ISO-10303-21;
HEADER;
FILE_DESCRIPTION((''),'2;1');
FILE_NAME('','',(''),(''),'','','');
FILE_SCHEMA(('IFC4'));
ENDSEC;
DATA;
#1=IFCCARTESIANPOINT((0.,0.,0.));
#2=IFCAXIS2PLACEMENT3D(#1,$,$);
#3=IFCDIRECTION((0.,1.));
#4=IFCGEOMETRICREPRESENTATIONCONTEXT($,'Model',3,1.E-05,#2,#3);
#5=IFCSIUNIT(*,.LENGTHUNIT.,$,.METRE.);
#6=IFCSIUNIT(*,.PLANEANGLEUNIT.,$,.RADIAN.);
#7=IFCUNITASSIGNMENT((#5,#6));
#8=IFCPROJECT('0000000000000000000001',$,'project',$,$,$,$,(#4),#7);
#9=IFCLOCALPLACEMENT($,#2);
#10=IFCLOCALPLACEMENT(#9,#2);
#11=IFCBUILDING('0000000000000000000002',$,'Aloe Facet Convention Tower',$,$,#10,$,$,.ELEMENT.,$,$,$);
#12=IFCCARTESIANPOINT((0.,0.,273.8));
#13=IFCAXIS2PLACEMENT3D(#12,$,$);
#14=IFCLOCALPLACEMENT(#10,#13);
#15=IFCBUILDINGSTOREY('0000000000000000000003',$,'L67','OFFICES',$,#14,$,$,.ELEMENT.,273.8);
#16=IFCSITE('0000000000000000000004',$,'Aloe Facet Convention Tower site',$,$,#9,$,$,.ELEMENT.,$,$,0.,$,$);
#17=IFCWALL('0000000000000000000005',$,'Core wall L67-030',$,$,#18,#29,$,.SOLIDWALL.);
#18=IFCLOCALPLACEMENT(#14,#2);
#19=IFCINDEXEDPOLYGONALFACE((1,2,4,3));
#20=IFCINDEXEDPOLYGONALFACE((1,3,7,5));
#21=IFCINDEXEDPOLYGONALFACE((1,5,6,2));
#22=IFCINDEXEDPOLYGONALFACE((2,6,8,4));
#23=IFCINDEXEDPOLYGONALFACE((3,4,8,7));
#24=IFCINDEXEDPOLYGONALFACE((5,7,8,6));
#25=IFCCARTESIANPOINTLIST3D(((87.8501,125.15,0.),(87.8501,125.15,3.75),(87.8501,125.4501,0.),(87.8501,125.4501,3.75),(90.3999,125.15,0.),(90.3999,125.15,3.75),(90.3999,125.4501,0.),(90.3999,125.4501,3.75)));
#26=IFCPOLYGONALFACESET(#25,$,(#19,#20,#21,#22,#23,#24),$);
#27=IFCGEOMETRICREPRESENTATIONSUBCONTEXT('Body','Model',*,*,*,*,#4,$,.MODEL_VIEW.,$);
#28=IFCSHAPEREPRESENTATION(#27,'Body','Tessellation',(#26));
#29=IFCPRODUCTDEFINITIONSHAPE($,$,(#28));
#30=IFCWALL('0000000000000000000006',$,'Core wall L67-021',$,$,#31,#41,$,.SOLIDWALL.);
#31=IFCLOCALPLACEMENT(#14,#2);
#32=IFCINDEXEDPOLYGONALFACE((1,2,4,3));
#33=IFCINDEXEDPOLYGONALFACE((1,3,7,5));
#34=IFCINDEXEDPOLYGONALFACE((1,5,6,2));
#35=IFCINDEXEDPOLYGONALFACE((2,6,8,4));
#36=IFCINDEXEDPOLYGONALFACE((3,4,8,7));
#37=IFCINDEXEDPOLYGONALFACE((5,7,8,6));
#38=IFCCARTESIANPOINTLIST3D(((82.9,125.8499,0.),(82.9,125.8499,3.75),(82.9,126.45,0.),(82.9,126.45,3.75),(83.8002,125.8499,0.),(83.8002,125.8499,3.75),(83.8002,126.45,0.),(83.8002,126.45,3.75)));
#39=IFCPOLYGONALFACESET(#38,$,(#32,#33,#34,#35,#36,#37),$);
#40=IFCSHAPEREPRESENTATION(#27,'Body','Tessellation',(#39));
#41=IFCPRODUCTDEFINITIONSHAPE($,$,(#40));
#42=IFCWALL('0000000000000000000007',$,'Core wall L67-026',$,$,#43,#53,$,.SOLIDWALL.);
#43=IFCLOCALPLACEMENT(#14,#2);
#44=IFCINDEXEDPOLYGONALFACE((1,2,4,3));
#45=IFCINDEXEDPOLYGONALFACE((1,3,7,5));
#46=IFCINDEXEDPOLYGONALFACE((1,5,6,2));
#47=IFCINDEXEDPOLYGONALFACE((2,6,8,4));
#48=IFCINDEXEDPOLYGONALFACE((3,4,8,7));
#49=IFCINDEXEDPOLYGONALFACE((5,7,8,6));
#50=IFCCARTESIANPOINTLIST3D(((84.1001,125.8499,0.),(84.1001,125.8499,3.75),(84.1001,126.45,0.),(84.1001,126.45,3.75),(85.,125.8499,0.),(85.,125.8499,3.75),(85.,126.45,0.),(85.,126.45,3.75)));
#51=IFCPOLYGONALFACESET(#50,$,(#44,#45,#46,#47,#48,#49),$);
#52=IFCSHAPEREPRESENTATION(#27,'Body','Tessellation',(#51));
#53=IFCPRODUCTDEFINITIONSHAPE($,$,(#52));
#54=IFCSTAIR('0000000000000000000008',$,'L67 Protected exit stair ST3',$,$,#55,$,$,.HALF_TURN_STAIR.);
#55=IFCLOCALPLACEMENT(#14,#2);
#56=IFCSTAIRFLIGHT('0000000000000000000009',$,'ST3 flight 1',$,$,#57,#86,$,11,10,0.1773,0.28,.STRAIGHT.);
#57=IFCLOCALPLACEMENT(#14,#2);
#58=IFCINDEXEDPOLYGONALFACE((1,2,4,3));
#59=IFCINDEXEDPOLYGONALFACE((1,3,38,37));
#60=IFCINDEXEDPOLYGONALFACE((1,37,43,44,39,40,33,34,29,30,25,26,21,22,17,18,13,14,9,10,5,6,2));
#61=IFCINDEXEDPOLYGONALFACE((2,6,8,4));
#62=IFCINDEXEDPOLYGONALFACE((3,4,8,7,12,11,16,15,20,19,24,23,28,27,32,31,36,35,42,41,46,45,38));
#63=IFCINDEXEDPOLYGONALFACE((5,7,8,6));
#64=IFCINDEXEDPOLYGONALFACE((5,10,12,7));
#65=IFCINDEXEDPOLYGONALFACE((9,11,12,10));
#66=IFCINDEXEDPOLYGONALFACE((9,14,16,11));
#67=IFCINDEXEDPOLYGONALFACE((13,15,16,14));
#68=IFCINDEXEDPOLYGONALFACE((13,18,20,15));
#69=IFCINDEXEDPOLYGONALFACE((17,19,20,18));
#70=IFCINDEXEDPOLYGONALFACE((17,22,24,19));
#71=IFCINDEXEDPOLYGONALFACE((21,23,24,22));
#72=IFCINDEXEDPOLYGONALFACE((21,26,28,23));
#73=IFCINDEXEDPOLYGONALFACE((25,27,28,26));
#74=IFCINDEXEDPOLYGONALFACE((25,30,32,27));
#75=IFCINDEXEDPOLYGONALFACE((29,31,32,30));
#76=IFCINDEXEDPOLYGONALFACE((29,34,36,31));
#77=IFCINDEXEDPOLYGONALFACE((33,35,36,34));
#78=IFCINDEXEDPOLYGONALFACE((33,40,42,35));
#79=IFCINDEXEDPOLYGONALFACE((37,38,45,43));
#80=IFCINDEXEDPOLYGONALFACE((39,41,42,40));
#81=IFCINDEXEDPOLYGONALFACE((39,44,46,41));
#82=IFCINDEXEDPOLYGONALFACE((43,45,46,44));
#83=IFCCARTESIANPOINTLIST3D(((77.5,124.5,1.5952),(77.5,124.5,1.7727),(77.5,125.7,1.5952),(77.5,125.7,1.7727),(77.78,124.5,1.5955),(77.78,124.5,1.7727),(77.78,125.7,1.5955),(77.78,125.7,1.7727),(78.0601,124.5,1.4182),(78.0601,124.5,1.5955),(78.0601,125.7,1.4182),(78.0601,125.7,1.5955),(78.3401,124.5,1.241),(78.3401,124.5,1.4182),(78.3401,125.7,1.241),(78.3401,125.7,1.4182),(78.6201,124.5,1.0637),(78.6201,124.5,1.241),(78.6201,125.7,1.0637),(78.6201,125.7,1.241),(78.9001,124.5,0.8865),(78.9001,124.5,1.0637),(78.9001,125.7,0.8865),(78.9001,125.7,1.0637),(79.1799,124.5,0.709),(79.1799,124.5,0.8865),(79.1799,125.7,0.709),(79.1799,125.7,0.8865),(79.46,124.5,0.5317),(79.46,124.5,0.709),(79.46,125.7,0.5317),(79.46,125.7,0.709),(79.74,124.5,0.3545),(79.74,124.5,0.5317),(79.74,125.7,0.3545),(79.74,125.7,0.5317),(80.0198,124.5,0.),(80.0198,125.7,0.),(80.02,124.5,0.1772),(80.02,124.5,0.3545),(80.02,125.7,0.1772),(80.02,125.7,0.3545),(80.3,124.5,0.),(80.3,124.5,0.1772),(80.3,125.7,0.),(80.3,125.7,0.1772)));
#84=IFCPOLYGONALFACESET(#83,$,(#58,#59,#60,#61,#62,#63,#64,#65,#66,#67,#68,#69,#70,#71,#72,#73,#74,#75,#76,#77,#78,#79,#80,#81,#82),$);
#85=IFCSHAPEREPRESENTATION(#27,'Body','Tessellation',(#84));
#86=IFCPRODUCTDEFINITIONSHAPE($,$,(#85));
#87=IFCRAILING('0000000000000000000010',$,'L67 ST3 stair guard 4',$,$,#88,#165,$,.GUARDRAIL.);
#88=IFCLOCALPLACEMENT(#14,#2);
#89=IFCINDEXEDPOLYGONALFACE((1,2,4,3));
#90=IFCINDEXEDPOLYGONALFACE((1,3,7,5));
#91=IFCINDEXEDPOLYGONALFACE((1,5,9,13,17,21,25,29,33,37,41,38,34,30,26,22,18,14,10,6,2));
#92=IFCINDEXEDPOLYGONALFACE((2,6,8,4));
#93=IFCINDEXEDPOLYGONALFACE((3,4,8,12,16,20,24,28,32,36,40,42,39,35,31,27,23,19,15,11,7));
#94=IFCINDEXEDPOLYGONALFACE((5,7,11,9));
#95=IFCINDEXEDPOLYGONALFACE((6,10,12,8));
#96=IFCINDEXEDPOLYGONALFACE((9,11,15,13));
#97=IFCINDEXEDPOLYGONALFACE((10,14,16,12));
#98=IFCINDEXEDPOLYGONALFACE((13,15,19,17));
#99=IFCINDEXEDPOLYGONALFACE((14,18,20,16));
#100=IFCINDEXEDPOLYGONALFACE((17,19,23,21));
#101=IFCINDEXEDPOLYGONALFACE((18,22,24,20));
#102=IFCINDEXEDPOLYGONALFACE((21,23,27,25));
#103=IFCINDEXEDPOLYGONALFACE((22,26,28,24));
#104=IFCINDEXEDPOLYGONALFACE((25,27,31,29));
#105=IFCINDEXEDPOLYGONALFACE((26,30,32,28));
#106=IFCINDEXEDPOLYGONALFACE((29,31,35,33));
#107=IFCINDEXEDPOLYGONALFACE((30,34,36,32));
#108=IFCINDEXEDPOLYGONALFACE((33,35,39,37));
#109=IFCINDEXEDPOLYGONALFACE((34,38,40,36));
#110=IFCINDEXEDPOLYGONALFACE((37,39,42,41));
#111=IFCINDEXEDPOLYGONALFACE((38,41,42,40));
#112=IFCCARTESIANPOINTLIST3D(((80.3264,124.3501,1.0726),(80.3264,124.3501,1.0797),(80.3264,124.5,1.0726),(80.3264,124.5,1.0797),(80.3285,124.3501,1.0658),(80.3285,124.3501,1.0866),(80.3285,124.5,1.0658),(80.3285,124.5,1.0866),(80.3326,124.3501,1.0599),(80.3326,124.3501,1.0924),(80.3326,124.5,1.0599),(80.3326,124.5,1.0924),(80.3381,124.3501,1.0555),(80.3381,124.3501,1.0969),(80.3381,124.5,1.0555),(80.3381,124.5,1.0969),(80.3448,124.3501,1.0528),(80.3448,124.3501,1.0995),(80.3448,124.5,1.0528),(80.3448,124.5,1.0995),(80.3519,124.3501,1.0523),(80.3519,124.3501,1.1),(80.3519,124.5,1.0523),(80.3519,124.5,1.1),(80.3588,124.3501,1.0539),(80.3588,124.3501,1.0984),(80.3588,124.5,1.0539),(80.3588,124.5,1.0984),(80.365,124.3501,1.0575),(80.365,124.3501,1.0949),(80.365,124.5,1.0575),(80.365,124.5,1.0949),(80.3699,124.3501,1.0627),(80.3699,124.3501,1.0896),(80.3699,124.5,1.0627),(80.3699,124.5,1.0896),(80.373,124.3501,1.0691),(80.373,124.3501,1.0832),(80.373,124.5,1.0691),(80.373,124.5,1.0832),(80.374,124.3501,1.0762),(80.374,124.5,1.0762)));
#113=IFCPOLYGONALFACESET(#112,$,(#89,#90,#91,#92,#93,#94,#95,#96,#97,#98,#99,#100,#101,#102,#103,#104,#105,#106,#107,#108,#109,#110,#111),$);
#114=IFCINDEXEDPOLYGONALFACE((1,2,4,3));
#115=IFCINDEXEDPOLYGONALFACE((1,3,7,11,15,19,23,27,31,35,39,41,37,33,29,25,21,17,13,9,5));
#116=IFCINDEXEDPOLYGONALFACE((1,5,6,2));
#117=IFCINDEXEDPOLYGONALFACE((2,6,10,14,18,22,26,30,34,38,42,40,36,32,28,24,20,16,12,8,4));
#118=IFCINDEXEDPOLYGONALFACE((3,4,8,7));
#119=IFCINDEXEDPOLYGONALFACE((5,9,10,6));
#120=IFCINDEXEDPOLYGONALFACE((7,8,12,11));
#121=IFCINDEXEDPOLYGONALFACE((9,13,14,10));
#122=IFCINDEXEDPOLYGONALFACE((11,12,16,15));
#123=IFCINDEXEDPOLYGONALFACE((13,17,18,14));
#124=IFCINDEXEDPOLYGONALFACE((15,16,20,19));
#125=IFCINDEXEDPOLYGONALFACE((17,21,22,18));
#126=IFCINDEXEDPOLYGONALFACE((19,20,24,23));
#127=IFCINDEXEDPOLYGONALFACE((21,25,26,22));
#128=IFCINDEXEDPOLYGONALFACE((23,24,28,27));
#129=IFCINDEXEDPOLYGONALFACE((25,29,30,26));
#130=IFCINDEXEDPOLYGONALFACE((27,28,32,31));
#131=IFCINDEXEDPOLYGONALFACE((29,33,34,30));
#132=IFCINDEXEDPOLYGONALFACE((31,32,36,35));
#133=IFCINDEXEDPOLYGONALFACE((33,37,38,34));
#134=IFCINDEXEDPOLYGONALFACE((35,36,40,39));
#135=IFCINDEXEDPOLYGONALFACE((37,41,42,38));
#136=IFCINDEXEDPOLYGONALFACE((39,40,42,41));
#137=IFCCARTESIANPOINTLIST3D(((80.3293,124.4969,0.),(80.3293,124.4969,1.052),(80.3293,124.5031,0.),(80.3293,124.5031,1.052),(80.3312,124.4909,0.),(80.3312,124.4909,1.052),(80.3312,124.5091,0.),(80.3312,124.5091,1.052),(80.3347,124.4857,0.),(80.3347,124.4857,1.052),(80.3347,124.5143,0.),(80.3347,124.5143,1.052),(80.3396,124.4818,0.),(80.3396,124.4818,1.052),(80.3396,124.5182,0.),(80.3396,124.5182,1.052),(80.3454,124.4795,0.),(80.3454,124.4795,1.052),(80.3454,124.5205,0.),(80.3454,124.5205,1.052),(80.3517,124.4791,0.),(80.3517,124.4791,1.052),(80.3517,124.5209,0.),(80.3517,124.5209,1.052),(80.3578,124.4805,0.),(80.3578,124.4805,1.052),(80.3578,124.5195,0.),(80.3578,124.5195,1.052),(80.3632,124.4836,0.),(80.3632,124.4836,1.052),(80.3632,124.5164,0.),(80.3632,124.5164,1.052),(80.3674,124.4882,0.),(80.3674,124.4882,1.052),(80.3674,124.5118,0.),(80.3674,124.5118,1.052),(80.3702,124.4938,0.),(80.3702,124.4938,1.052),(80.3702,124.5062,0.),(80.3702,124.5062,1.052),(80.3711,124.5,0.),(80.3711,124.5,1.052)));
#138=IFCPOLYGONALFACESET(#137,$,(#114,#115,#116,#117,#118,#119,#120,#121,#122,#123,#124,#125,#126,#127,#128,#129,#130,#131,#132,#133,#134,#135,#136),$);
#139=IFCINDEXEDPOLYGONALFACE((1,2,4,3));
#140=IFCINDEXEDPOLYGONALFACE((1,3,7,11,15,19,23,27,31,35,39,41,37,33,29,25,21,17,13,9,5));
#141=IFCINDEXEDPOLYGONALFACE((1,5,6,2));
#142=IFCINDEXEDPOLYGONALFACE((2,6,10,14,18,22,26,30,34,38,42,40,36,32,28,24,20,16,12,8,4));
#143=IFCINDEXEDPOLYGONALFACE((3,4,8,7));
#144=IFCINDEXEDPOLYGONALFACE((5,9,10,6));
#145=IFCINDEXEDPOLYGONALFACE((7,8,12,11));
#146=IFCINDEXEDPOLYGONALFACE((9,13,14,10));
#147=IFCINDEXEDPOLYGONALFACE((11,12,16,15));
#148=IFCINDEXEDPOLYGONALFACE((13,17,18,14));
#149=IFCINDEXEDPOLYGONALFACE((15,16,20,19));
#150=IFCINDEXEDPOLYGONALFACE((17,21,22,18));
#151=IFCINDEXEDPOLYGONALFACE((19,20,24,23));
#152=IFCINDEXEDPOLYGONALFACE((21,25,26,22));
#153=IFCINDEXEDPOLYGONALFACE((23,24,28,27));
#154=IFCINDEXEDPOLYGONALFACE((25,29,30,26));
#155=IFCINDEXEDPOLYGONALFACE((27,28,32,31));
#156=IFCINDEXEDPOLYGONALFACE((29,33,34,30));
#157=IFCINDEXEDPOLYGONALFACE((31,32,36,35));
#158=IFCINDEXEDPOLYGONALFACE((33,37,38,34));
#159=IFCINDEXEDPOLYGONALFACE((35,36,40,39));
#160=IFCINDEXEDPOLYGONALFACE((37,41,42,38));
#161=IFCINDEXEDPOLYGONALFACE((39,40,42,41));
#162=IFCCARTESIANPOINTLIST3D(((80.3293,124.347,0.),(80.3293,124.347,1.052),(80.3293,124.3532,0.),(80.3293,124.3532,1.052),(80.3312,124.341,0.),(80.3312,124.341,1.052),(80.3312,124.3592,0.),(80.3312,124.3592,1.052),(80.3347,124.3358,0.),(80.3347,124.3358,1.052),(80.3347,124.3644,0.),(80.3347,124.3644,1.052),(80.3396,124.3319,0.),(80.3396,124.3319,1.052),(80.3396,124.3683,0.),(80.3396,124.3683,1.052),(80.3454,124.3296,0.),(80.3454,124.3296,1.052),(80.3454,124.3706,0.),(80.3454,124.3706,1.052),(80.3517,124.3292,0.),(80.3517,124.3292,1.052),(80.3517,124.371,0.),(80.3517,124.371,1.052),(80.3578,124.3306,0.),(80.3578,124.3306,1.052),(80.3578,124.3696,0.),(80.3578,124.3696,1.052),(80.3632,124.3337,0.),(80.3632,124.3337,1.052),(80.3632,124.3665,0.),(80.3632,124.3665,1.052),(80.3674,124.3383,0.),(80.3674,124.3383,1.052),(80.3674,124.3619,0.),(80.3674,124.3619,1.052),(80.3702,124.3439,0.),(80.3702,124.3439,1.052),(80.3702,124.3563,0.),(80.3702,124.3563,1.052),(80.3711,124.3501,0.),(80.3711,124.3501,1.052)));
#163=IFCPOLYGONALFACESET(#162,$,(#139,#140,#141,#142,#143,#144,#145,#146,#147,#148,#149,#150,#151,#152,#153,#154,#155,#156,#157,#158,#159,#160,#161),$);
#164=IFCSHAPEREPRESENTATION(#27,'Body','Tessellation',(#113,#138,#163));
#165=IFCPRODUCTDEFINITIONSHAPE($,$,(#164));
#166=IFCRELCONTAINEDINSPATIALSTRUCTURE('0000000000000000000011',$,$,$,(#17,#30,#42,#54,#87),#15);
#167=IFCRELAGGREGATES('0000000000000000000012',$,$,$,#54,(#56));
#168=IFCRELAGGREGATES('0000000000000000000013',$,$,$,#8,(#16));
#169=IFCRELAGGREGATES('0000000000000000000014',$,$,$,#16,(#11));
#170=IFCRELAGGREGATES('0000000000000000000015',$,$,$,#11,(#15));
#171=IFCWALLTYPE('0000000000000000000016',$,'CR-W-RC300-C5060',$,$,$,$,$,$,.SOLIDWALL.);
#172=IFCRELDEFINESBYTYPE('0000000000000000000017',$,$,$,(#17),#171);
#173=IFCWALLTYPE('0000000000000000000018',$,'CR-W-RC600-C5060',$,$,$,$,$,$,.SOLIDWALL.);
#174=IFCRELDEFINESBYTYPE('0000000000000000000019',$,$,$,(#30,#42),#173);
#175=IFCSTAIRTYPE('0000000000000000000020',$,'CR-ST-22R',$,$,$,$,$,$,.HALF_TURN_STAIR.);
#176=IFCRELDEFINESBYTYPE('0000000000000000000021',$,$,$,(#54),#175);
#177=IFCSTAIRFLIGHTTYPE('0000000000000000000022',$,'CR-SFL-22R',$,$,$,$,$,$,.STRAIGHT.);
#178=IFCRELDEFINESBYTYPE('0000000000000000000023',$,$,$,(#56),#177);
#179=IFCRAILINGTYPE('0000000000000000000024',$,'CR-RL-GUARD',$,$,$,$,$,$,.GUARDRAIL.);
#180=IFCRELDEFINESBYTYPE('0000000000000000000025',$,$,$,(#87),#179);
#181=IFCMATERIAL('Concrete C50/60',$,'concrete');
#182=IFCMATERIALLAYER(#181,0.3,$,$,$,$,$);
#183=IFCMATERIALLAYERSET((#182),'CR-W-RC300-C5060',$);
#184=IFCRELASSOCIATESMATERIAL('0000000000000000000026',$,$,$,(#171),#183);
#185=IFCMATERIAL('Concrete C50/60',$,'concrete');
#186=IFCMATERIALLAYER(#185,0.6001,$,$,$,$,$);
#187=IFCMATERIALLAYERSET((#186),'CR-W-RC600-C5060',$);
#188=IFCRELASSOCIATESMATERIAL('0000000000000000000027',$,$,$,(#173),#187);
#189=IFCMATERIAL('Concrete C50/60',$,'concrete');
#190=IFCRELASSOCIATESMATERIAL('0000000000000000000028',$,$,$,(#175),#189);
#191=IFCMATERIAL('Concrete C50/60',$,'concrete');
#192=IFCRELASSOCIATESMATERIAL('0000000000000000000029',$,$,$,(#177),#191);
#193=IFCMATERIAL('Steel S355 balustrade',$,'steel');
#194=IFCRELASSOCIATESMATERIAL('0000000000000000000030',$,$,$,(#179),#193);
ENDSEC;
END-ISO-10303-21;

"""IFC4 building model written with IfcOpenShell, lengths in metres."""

from ifc_helpers import new_model, si_unit, direction, frame, frame_2d, origin, origin_2d, place, context, subcontext, project, spatial, polyline, rectangle, circle, outline, extrude, material, layer, layer_set, type_object, element, aggregate, save


model = new_model("IFC4")

# Units and contexts
model_context = context("Model", 3, precision=1e-05, world=origin(), true_north=direction((0.0, 1.0)))
body_context = subcontext(model_context, "Body", "Model", "MODEL_VIEW")
ifc_project = project(units=[si_unit("LENGTHUNIT", "METRE"), si_unit("PLANEANGLEUNIT", "RADIAN")], contexts=[model_context])

# Site, building, storey
site_placement = place(None, origin())
site = spatial("IfcSite", under=ifc_project, at=site_placement, Name="Aloe Facet Convention Tower site", CompositionType="ELEMENT", RefElevation=0.0)
building_placement = place(site_placement, origin())
building = spatial("IfcBuilding", under=site, at=building_placement, Name="Aloe Facet Convention Tower", CompositionType="ELEMENT")
storey_placement = place(building_placement, frame((0.0, 0.0, 273.8)))
storey = spatial("IfcBuildingStorey", under=building, at=storey_placement, Name="L67", Description="OFFICES", CompositionType="ELEMENT", Elevation=273.8)

# Shared definitions
ifc_material_1 = material(Name="Concrete C50/60", Category="concrete")
ifc_layer_1 = layer(ifc_material_1, 0.3)
ifc_layer_set_1 = layer_set([ifc_layer_1], Name="CR-W-RC300-C5060")
wall_type_1 = type_object("IfcWallType", Name="CR-W-RC300-C5060", PredefinedType="SOLIDWALL", material=ifc_layer_set_1)

# Walls
for number, where, z_axis, x_axis, name in (
    (1, (87.8501, 125.3, 0.0), (0.0, 0.0, 1.0), (1.0, 0.0, 0.0), "Core wall L67-030"),
):
    element("IfcWall", number, at=place(storey_placement, frame(where, z_axis=z_axis, x_axis=x_axis)), inside=storey, type_object=wall_type_1, Name=name, PredefinedType="SOLIDWALL", context=body_context, shape_type="SweptSolid", body=[
        extrude(rectangle(XDim=2.5498, YDim=0.3, at=frame_2d((1.2749, 0.0))), origin(), (0.0, 0.0, 1.0), 3.75),
    ])
ifc_material_2 = material(Name="Concrete C50/60", Category="concrete")
ifc_layer_2 = layer(ifc_material_2, 0.6001)
ifc_layer_set_2 = layer_set([ifc_layer_2], Name="CR-W-RC600-C5060")
wall_type_2 = type_object("IfcWallType", Name="CR-W-RC600-C5060", PredefinedType="SOLIDWALL", material=ifc_layer_set_2)
wall_1_placement = place(storey_placement, frame((82.8999, 126.1499, 0.0), z_axis=(0.0, 0.0, 1.0), x_axis=(1.0, 0.0, 0.0)))
element("IfcWall", 2, at=wall_1_placement, inside=storey, type_object=wall_type_2, Name="Core wall L67-021", PredefinedType="SOLIDWALL", context=body_context, shape_type="SweptSolid", body=[
    extrude(rectangle(XDim=0.9001, YDim=0.6001, at=frame_2d((0.4502, 0.0))), origin(), (0.0, 0.0, 1.0), 3.75),
])
wall_2_placement = place(storey_placement, frame((84.1001, 126.1499, 0.0), z_axis=(0.0, 0.0, 1.0), x_axis=(1.0, 0.0, 0.0)))
element("IfcWall", 3, at=wall_2_placement, inside=storey, type_object=wall_type_2, Name="Core wall L67-026", PredefinedType="SOLIDWALL", context=body_context, shape_type="SweptSolid", body=[
    extrude(rectangle(XDim=0.8999, YDim=0.6001, at=frame_2d((0.45, 0.0))), origin(), (0.0, 0.0, 1.0), 3.75),
])

# Stair, stair flight
ifc_material_3 = material(Name="Concrete C50/60", Category="concrete")
stair_type = type_object("IfcStairType", Name="CR-ST-22R", PredefinedType="HALF_TURN_STAIR", material=ifc_material_3)
stair_placement = place(storey_placement, origin())
stair = element("IfcStair", 4, at=stair_placement, inside=storey, type_object=stair_type, Name="L67 Protected exit stair ST3", PredefinedType="HALF_TURN_STAIR")
ifc_material_4 = material(Name="Concrete C50/60", Category="concrete")
stair_flight_type = type_object("IfcStairFlightType", Name="CR-SFL-22R", PredefinedType="STRAIGHT", material=ifc_material_4)
stair_flight_placement = place(storey_placement, frame((80.3, 125.1001, 0.0), z_axis=(0.0, 0.0, 1.0), x_axis=(-1.0, 0.0, 0.0)))
stair_flight = element("IfcStairFlight", 5, at=stair_flight_placement, type_object=stair_flight_type, Name="ST3 flight 1", NumberOfRisers=11, NumberOfTreads=10, PredefinedType="STRAIGHT", RiserHeight=0.1773, TreadLength=0.28, context=body_context, shape_type="SweptSolid", body=[
    extrude(outline(polyline([(0.0, 0.0), (0.0, 0.1772), (0.28, 0.1772), (0.28, 0.3545), (0.5601, 0.3545), (0.5601, 0.5317), (0.8401, 0.5317), (0.8401, 0.709), (1.1201, 0.709), (1.1201, 0.8865), (1.3999, 0.8865), (1.3999, 1.0637), (1.6799, 1.0637), (1.6799, 1.241), (1.96, 1.241), (1.96, 1.4182), (2.24, 1.4182), (2.24, 1.5955), (2.52, 1.5955), (2.52, 1.7727), (2.8, 1.7727), (2.8, 1.95), (2.8, 1.5952), (0.2803, 0.0), (0.0, 0.0)])), frame((0.0, 0.6001, 0.0), z_axis=(0.0, -1.0, 0.0), x_axis=(1.0, 0.0, 0.0)), (0.0, 0.0, 1.0), 1.2),
])
aggregate(stair, [stair_flight])

# Railing
ifc_material_5 = material(Name="Steel S355 balustrade", Category="steel")
railing_type_1 = type_object("IfcRailingType", Name="CR-RL-GUARD", PredefinedType="GUARDRAIL", material=ifc_material_5)
railing_1_placement = place(storey_placement, frame((80.3501, 124.5, 0.0)))
element("IfcRailing", 6, at=railing_1_placement, inside=storey, type_object=railing_type_1, Name="L67 ST3 stair guard 4", PredefinedType="GUARDRAIL", context=body_context, shape_type="SweptSolid", body=[
    extrude(circle(Radius=0.0239, at=origin_2d()), frame((0.0, 0.0, 1.0762), z_axis=(0.0, -1.0, 0.0), x_axis=(1.0, 0.0, 0.0)), (0.0, 0.0, 1.0), 0.1499),
    extrude(circle(Radius=0.021, at=origin_2d()), origin(), (0.0, 0.0, 1.0), 1.052),
    extrude(circle(Radius=0.021, at=origin_2d()), frame((0.0, -0.1499, 0.0)), (0.0, 0.0, 1.0), 1.052),
])

save(model, "model.ifc")
